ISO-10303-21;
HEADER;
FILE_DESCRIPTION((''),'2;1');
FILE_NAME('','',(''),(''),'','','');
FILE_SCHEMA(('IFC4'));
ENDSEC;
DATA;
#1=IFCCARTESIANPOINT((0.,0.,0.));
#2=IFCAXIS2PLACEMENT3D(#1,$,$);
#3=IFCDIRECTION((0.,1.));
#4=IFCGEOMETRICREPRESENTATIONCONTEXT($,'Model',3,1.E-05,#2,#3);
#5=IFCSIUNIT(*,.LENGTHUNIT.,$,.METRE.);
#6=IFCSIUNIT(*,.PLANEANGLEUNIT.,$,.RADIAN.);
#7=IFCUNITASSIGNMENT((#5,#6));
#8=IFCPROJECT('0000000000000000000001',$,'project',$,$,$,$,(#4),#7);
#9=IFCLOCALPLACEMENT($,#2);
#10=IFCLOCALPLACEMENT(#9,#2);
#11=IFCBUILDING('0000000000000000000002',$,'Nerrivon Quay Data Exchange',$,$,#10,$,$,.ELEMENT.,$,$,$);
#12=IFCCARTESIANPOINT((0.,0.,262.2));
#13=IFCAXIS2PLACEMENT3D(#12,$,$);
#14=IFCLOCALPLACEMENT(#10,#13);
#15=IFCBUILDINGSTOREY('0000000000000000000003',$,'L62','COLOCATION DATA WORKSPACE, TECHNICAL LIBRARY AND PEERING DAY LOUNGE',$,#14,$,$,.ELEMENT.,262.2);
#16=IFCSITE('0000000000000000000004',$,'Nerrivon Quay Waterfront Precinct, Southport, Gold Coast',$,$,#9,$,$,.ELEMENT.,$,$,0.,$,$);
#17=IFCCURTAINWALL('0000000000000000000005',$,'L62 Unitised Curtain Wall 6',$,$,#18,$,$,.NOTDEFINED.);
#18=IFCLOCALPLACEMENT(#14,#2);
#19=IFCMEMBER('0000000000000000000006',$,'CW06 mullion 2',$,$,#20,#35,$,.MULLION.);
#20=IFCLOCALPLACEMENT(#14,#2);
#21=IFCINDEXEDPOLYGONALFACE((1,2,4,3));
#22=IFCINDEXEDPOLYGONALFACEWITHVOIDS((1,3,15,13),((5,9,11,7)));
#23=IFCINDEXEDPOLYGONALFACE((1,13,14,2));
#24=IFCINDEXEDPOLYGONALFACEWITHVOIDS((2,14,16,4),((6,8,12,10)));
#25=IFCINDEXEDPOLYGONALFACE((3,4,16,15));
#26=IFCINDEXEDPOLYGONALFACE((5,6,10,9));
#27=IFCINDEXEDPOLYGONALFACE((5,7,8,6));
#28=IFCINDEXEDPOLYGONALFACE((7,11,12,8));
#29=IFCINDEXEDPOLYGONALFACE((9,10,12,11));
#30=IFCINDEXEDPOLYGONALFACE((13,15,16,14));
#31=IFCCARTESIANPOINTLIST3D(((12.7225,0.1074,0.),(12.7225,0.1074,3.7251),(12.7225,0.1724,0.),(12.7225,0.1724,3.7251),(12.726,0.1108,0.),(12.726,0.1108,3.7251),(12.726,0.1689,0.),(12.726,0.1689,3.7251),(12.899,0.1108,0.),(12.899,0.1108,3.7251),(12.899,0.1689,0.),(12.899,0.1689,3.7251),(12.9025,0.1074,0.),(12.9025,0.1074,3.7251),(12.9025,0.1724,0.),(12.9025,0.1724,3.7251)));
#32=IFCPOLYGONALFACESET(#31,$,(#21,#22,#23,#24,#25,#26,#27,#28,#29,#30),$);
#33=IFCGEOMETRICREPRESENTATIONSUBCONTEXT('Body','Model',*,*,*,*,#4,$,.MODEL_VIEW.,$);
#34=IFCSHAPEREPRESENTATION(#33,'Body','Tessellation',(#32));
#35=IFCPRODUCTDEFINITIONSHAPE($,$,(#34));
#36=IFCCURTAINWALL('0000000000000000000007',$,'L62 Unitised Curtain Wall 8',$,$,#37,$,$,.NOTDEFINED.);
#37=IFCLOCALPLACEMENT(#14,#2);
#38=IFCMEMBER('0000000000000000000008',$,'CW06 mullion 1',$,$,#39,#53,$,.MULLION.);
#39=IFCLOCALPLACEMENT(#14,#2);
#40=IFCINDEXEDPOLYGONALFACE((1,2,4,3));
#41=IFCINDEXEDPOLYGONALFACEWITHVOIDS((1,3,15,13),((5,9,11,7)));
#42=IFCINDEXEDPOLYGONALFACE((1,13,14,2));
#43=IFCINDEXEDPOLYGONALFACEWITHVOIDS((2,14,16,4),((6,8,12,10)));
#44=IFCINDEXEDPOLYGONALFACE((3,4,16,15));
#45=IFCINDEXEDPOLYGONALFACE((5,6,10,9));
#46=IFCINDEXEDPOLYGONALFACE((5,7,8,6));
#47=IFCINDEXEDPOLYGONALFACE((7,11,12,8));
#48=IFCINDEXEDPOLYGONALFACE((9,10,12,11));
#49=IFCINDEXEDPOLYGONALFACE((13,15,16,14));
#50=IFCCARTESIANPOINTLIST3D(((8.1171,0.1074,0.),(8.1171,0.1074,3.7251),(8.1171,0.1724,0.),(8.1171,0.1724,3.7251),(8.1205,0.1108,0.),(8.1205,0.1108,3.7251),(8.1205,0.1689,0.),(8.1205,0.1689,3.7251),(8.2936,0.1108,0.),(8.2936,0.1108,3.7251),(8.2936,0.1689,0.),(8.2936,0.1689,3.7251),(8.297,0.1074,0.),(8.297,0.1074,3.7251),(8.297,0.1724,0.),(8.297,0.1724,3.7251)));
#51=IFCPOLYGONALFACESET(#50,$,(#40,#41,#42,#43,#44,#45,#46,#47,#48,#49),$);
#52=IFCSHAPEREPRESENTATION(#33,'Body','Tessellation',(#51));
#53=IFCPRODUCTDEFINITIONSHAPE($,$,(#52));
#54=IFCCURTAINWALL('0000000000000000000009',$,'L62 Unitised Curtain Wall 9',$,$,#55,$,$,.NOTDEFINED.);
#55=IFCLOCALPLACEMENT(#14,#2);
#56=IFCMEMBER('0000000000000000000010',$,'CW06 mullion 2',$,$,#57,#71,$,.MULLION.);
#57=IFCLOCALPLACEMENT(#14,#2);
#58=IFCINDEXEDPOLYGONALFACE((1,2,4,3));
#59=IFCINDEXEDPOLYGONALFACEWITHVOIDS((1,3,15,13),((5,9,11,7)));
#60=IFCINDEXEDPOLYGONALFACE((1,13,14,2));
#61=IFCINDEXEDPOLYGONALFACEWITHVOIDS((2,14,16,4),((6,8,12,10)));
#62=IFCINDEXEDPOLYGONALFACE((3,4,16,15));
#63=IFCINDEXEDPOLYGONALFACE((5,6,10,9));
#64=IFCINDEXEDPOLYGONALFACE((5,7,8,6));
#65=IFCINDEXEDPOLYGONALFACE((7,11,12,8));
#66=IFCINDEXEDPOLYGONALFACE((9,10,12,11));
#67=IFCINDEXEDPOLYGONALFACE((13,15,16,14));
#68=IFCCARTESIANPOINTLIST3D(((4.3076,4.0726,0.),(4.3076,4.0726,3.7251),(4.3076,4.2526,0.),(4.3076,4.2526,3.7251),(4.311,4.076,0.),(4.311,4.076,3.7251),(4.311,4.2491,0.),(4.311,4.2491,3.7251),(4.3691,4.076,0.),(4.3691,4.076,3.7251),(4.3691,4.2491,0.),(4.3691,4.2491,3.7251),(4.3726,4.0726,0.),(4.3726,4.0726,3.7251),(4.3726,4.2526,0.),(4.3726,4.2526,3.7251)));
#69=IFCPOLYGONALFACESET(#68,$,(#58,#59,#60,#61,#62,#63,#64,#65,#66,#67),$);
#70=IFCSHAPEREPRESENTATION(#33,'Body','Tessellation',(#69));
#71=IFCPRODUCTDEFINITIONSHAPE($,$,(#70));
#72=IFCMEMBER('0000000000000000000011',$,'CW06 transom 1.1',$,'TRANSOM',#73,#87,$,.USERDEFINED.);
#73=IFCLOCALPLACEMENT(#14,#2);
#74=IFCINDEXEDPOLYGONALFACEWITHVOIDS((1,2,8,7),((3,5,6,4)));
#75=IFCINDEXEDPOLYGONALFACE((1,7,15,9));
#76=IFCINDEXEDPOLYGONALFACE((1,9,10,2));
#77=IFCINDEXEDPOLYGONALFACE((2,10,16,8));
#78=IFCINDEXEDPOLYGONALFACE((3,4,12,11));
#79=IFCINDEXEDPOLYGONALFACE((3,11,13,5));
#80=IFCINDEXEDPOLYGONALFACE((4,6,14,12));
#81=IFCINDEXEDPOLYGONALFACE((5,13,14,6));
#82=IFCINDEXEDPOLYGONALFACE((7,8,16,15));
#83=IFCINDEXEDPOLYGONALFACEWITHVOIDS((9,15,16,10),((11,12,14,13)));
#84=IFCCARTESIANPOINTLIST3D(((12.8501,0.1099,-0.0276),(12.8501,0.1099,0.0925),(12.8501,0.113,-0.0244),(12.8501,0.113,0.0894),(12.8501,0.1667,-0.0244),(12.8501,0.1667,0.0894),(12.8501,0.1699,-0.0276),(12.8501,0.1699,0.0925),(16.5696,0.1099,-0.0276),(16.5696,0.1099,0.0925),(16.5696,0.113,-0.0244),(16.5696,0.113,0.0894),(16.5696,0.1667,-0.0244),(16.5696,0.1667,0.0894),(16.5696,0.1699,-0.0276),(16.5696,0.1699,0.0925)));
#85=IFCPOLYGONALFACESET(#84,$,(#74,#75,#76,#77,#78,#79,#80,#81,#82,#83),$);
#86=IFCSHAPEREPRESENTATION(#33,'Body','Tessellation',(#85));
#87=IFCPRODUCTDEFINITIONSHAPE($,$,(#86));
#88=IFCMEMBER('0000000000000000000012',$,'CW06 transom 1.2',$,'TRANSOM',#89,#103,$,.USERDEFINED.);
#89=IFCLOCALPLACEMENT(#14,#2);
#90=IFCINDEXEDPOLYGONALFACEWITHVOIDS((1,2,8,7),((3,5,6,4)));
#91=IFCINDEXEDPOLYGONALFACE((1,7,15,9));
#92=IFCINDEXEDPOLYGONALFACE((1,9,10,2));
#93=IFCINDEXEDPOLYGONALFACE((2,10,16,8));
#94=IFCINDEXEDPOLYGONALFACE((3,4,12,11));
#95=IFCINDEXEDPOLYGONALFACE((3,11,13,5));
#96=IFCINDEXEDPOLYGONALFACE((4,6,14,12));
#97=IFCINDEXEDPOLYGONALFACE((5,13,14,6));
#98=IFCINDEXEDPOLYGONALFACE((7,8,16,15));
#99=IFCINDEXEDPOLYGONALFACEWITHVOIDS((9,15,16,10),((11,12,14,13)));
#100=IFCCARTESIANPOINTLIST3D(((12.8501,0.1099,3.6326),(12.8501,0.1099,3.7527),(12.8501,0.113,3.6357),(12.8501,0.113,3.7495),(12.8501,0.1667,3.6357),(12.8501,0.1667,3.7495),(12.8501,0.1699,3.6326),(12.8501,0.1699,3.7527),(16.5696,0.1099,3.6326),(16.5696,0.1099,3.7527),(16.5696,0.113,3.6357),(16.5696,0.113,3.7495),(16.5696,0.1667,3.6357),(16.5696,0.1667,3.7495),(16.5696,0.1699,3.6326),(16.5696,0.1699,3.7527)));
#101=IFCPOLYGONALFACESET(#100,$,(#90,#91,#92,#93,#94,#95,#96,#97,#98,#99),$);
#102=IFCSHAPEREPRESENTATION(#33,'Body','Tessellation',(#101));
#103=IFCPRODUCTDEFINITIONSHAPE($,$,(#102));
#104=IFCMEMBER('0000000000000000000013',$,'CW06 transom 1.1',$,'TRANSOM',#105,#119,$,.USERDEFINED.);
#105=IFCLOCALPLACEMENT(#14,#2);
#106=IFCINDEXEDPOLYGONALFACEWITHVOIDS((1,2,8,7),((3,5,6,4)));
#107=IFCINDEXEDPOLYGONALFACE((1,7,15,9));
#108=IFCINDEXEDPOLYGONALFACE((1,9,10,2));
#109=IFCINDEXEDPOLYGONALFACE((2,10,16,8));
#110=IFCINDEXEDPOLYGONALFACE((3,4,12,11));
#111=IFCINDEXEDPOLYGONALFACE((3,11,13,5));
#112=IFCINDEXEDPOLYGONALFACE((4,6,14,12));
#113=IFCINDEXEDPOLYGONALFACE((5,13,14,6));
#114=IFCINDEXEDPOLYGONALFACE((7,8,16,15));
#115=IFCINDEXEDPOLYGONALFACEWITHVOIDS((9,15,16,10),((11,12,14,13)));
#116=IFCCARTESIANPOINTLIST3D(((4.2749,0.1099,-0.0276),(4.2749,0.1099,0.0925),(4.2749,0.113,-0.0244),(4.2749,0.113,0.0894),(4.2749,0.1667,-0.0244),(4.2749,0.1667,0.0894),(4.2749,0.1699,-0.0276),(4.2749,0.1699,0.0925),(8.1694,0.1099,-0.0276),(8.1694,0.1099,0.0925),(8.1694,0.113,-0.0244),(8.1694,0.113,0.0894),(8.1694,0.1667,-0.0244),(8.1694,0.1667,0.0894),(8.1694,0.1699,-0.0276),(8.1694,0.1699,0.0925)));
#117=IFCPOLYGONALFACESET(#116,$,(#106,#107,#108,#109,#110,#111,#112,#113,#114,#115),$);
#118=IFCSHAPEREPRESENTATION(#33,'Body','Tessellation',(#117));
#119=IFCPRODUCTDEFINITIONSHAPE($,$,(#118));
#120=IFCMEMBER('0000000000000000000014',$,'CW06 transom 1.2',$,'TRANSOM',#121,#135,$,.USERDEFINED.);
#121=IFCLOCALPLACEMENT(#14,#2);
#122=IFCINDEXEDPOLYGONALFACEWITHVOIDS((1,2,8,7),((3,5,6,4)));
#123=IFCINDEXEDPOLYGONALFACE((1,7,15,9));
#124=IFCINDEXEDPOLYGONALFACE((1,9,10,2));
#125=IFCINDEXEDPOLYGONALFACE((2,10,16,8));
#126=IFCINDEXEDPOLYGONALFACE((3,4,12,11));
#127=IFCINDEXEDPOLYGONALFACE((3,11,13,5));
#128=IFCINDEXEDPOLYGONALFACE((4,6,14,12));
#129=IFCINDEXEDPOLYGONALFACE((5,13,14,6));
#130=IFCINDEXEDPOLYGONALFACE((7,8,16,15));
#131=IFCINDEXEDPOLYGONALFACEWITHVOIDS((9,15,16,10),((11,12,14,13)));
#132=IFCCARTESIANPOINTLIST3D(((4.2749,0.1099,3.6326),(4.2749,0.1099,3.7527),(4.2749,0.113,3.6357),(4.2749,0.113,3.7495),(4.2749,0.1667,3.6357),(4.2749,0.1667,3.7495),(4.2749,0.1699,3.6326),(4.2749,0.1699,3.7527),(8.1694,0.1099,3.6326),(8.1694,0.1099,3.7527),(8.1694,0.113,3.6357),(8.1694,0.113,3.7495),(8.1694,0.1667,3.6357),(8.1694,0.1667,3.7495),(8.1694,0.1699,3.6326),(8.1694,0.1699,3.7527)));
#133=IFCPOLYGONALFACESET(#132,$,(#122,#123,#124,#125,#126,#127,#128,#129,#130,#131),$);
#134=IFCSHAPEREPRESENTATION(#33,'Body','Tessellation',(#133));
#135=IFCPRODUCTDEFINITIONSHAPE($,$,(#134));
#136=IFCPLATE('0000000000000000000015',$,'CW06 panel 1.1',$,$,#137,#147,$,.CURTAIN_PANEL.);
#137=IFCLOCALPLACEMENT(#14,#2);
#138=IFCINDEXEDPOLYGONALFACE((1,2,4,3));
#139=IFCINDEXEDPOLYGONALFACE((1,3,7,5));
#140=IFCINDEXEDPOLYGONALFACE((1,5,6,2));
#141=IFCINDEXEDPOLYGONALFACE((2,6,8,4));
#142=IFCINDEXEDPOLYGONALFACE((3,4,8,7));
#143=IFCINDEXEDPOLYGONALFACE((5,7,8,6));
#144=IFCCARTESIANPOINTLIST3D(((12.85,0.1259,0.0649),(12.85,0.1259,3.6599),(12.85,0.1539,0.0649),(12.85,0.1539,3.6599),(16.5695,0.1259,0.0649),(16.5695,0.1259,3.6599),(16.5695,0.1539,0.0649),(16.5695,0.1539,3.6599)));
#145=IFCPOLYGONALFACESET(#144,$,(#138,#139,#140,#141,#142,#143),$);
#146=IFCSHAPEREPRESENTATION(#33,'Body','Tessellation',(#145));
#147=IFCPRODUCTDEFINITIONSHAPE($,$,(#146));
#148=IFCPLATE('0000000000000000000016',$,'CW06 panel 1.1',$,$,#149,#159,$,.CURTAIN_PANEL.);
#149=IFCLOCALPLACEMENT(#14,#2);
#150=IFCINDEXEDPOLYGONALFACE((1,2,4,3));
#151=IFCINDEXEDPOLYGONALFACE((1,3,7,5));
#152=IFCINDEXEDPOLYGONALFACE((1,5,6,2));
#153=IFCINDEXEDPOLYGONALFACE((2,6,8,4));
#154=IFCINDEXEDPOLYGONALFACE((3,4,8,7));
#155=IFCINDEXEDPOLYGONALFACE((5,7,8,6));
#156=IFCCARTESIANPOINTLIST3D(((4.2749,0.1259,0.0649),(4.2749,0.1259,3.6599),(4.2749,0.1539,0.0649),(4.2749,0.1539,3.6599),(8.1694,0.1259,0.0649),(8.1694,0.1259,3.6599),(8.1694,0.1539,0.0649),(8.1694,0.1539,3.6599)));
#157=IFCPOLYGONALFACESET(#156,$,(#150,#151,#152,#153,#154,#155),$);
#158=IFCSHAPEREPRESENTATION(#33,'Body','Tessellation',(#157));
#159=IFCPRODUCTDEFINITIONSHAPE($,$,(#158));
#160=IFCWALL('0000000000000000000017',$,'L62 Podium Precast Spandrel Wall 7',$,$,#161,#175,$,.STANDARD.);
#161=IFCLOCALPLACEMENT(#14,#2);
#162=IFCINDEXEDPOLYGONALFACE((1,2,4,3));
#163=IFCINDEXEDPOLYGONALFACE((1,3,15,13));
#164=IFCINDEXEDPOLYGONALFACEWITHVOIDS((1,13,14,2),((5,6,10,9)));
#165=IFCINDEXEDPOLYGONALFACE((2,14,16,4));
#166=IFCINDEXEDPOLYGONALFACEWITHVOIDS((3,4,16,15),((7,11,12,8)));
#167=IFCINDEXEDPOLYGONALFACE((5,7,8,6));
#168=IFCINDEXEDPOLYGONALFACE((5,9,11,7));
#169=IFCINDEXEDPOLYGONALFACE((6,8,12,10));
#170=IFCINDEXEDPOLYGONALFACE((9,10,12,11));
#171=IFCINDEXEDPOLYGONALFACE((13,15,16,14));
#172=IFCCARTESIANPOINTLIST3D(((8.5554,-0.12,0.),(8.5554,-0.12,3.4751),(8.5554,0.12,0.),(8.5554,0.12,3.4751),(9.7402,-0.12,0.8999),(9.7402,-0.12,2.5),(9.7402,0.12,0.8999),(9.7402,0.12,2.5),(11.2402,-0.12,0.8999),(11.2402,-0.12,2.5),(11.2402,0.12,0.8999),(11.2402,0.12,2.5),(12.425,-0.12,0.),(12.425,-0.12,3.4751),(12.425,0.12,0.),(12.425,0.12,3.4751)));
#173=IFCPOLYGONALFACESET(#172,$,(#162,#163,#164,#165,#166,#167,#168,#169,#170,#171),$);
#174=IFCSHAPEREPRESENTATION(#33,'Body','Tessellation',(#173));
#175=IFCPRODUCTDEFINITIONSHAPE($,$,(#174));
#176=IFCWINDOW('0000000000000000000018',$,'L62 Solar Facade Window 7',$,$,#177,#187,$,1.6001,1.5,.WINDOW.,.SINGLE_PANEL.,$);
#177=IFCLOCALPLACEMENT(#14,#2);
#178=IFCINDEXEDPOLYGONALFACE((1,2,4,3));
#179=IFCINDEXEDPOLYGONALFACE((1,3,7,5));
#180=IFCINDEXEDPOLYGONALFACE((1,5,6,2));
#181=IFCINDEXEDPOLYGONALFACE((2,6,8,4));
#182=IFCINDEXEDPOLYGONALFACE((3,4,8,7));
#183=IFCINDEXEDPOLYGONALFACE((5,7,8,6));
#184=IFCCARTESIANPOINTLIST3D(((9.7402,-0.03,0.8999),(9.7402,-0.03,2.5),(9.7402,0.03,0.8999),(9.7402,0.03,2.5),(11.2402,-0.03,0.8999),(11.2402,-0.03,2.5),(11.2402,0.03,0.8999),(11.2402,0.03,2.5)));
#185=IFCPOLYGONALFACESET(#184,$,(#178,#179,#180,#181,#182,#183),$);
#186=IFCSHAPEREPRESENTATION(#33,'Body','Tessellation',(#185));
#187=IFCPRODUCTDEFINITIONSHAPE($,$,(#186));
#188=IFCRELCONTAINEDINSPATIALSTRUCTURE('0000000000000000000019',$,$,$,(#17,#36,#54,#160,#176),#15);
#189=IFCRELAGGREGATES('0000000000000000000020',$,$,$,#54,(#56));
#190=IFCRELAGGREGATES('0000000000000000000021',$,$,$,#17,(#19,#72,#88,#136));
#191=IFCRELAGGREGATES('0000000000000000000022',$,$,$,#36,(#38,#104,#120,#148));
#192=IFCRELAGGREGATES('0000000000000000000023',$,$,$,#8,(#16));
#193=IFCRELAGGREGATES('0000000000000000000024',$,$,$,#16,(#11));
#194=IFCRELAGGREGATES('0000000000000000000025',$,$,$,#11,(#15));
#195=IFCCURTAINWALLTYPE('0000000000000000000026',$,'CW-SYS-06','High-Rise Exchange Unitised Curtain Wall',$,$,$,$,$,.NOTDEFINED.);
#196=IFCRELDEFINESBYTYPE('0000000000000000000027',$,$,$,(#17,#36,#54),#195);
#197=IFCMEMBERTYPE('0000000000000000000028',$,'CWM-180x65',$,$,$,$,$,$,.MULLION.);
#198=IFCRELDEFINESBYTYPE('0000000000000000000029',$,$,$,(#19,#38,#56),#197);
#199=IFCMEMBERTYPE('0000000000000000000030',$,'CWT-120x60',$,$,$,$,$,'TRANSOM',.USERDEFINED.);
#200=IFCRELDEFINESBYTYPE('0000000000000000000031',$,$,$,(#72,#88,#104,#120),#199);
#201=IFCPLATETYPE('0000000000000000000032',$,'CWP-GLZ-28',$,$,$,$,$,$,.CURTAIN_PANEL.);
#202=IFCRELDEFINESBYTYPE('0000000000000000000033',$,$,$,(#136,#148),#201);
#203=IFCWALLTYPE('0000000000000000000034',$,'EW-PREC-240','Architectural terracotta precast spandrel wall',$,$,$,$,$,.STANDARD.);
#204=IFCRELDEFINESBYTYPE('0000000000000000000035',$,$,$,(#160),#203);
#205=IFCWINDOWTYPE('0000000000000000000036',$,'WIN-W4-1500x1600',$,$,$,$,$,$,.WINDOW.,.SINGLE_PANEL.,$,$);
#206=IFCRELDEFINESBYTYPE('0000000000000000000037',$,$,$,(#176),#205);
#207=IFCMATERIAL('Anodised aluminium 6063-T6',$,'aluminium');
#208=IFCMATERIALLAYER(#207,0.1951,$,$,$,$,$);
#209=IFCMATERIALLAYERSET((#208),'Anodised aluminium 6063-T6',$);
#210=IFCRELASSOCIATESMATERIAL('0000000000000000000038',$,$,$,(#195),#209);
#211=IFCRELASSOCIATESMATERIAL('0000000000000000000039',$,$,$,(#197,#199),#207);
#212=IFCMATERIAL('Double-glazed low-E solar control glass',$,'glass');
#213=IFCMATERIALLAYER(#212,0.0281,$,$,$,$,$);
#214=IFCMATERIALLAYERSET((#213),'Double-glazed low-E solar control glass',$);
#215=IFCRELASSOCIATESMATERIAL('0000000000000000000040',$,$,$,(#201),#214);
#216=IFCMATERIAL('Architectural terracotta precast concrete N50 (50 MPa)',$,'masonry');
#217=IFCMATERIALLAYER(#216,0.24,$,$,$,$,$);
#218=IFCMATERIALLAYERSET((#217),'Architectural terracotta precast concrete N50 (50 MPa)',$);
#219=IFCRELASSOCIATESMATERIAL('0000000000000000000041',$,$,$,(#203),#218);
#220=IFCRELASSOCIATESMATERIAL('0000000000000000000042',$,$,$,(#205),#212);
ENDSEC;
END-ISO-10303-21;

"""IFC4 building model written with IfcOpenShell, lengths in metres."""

from ifc_helpers import new_model, si_unit, direction, frame, frame_2d, origin, origin_2d, place, context, subcontext, project, spatial, rectangle, hollow_rectangle, extrude, material, layer, layer_set, material_profile, profile_set, type_object, element, fill, aggregate, save


model = new_model("IFC4")

# Units and contexts
model_context = context("Model", 3, precision=1e-05, world=origin(), true_north=direction((0.0, 1.0)))
body_context = subcontext(model_context, "Body", "Model", "MODEL_VIEW")
ifc_project = project(units=[si_unit("LENGTHUNIT", "METRE"), si_unit("PLANEANGLEUNIT", "RADIAN")], contexts=[model_context])

# Site, building, storey
site_placement = place(None, origin())
site = spatial("IfcSite", under=ifc_project, at=site_placement, Name="Nerrivon Quay Waterfront Precinct, Southport, Gold Coast", CompositionType="ELEMENT", RefElevation=0.0)
building_placement = place(site_placement, origin())
building = spatial("IfcBuilding", under=site, at=building_placement, Name="Nerrivon Quay Data Exchange", CompositionType="ELEMENT")
storey_placement = place(building_placement, frame((0.0, 0.0, 262.2)))
storey = spatial("IfcBuildingStorey", under=building, at=storey_placement, Name="L62", Description="COLOCATION DATA WORKSPACE, TECHNICAL LIBRARY AND PEERING DAY LOUNGE", CompositionType="ELEMENT", Elevation=262.2)

# Curtain wall, member
ifc_material_1 = material(Name="Anodised aluminium 6063-T6", Category="aluminium")
ifc_layer_1 = layer(ifc_material_1, 0.1951)
ifc_layer_set_1 = layer_set([ifc_layer_1], Name="Anodised aluminium 6063-T6")
curtain_wall_type = type_object("IfcCurtainWallType", Name="CW-SYS-06", Description="High-Rise Exchange Unitised Curtain Wall", PredefinedType="NOTDEFINED", material=ifc_layer_set_1)
curtain_wall_1_placement = place(storey_placement, origin())
curtain_wall_1 = element("IfcCurtainWall", 1, at=curtain_wall_1_placement, inside=storey, type_object=curtain_wall_type, Name="L62 Unitised Curtain Wall 6", PredefinedType="NOTDEFINED")
ifc_material_profile_1 = material_profile(ifc_material_1, hollow_rectangle(XDim=0.0649, YDim=0.1799, WallThickness=0.0034, at=origin_2d()), Name="ALU-MULL-180x65")
ifc_profile_set_1 = profile_set([ifc_material_profile_1], Name="Anodised aluminium 6063-T6")
member_type_1 = type_object("IfcMemberType", Name="CWM-180x65", PredefinedType="MULLION", material=ifc_profile_set_1)
member_1_placement = place(storey_placement, frame((12.8125, 0.1399, 0.0), z_axis=(0.0, 0.0, 1.0), x_axis=(0.0, -1.0, 0.0)))
member_1 = element("IfcMember", 2, at=member_1_placement, type_object=member_type_1, Name="CW06 mullion 2", PredefinedType="MULLION", context=body_context, shape_type="SweptSolid", body=[
    extrude(hollow_rectangle(XDim=0.0649, YDim=0.1799, WallThickness=0.0034, at=origin_2d()), origin(), (0.0, 0.0, 1.0), 3.7251),
])

# Curtain walls, members
curtain_wall_2_placement = place(storey_placement, origin())
curtain_wall_2 = element("IfcCurtainWall", 3, at=curtain_wall_2_placement, inside=storey, type_object=curtain_wall_type, Name="L62 Unitised Curtain Wall 8", PredefinedType="NOTDEFINED")
member_2_placement = place(storey_placement, frame((8.207, 0.1399, 0.0), z_axis=(0.0, 0.0, 1.0), x_axis=(0.0, -1.0, 0.0)))
member_2 = element("IfcMember", 4, at=member_2_placement, type_object=member_type_1, Name="CW06 mullion 1", PredefinedType="MULLION", context=body_context, shape_type="SweptSolid", body=[
    extrude(hollow_rectangle(XDim=0.0649, YDim=0.1799, WallThickness=0.0034, at=origin_2d()), origin(), (0.0, 0.0, 1.0), 3.7251),
])
curtain_wall_3_placement = place(storey_placement, origin())
curtain_wall_3 = element("IfcCurtainWall", 5, at=curtain_wall_3_placement, inside=storey, type_object=curtain_wall_type, Name="L62 Unitised Curtain Wall 9", PredefinedType="NOTDEFINED")
member_3_placement = place(storey_placement, frame((4.3401, 4.1626, 0.0), z_axis=(0.0, 0.0, 1.0), x_axis=(-1.0, 0.0, 0.0)))
member_3 = element("IfcMember", 6, at=member_3_placement, type_object=member_type_1, Name="CW06 mullion 2", PredefinedType="MULLION", context=body_context, shape_type="SweptSolid", body=[
    extrude(hollow_rectangle(XDim=0.0649, YDim=0.1799, WallThickness=0.0034, at=origin_2d()), origin(), (0.0, 0.0, 1.0), 3.7251),
])
aggregate(curtain_wall_3, [member_3])

# Members
ifc_material_profile_2 = material_profile(ifc_material_1, hollow_rectangle(XDim=0.0601, YDim=0.1201, WallThickness=0.0032, at=origin_2d()), Name="ALU-TRAN-120x60")
ifc_profile_set_2 = profile_set([ifc_material_profile_2], Name="Anodised aluminium 6063-T6")
member_type_2 = type_object("IfcMemberType", Name="CWT-120x60", ElementType="TRANSOM", PredefinedType="USERDEFINED", material=ifc_profile_set_2)
member_4_placement = place(storey_placement, frame((16.5696, 0.1399, 0.0325), z_axis=(-1.0, 0.0, 0.0), x_axis=(0.0, -1.0, 0.0)))
member_4 = element("IfcMember", 7, at=member_4_placement, type_object=member_type_2, Name="CW06 transom 1.1", ObjectType="TRANSOM", PredefinedType="USERDEFINED", context=body_context, shape_type="SweptSolid", body=[
    extrude(hollow_rectangle(XDim=0.0601, YDim=0.1201, WallThickness=0.0032, at=origin_2d()), origin(), (0.0, 0.0, 1.0), 3.7195),
])
member_5_placement = place(storey_placement, frame((16.5696, 0.1399, 3.6926), z_axis=(-1.0, 0.0, 0.0), x_axis=(0.0, -1.0, 0.0)))
member_5 = element("IfcMember", 8, at=member_5_placement, type_object=member_type_2, Name="CW06 transom 1.2", ObjectType="TRANSOM", PredefinedType="USERDEFINED", context=body_context, shape_type="SweptSolid", body=[
    extrude(hollow_rectangle(XDim=0.0601, YDim=0.1201, WallThickness=0.0032, at=origin_2d()), origin(), (0.0, 0.0, 1.0), 3.7195),
])
member_6_placement = place(storey_placement, frame((8.1694, 0.1399, 0.0325), z_axis=(-1.0, 0.0, 0.0), x_axis=(0.0, -1.0, 0.0)))
member_6 = element("IfcMember", 9, at=member_6_placement, type_object=member_type_2, Name="CW06 transom 1.1", ObjectType="TRANSOM", PredefinedType="USERDEFINED", context=body_context, shape_type="SweptSolid", body=[
    extrude(hollow_rectangle(XDim=0.0601, YDim=0.1201, WallThickness=0.0032, at=origin_2d()), origin(), (0.0, 0.0, 1.0), 3.8945),
])
member_7_placement = place(storey_placement, frame((8.1694, 0.1399, 3.6926), z_axis=(-1.0, 0.0, 0.0), x_axis=(0.0, -1.0, 0.0)))
member_7 = element("IfcMember", 10, at=member_7_placement, type_object=member_type_2, Name="CW06 transom 1.2", ObjectType="TRANSOM", PredefinedType="USERDEFINED", context=body_context, shape_type="SweptSolid", body=[
    extrude(hollow_rectangle(XDim=0.0601, YDim=0.1201, WallThickness=0.0032, at=origin_2d()), origin(), (0.0, 0.0, 1.0), 3.8945),
])

# Plates
ifc_material_2 = material(Name="Double-glazed low-E solar control glass", Category="glass")
ifc_layer_2 = layer(ifc_material_2, 0.0281)
ifc_layer_set_2 = layer_set([ifc_layer_2], Name="Double-glazed low-E solar control glass")
plate_type = type_object("IfcPlateType", Name="CWP-GLZ-28", PredefinedType="CURTAIN_PANEL", material=ifc_layer_set_2)
plate_1_placement = place(storey_placement, frame((14.7097, 0.1399, 0.0649), z_axis=(0.0, 0.0, 1.0), x_axis=(-1.0, 0.0, 0.0)))
plate_1 = element("IfcPlate", 11, at=plate_1_placement, type_object=plate_type, Name="CW06 panel 1.1", PredefinedType="CURTAIN_PANEL", context=body_context, shape_type="SweptSolid", body=[
    extrude(rectangle(XDim=3.7195, YDim=0.0281, at=origin_2d()), origin(), (0.0, 0.0, 1.0), 3.595),
])
aggregate(curtain_wall_1, [member_1, member_4, member_5, plate_1])
plate_2_placement = place(storey_placement, frame((6.2222, 0.1399, 0.0649), z_axis=(0.0, 0.0, 1.0), x_axis=(-1.0, 0.0, 0.0)))
plate_2 = element("IfcPlate", 12, at=plate_2_placement, type_object=plate_type, Name="CW06 panel 1.1", PredefinedType="CURTAIN_PANEL", context=body_context, shape_type="SweptSolid", body=[
    extrude(rectangle(XDim=3.8945, YDim=0.0281, at=origin_2d()), origin(), (0.0, 0.0, 1.0), 3.595),
])
aggregate(curtain_wall_2, [member_2, member_6, member_7, plate_2])

# Wall, opening, window
ifc_material_3 = material(Name="Architectural terracotta precast concrete N50 (50 MPa)", Category="masonry")
ifc_layer_3 = layer(ifc_material_3, 0.24)
ifc_layer_set_3 = layer_set([ifc_layer_3], Name="Architectural terracotta precast concrete N50 (50 MPa)")
wall_type_1 = type_object("IfcWallType", Name="EW-PREC-240", Description="Architectural terracotta precast spandrel wall", PredefinedType="STANDARD", material=ifc_layer_set_3)
wall_1_placement = place(storey_placement, frame((12.425, 0.0, 0.0), z_axis=(0.0, 0.0, 1.0), x_axis=(-1.0, 0.0, 0.0)))
wall_1 = element("IfcWall", 13, at=wall_1_placement, inside=storey, type_object=wall_type_1, Name="L62 Podium Precast Spandrel Wall 7", PredefinedType="STANDARD", context=body_context, shape_type="SweptSolid", body=[
    extrude(rectangle(XDim=3.8696, YDim=0.24, at=frame_2d((1.9348, 0.0))), origin(), (0.0, 0.0, 1.0), 3.4751),
])
opening_placement = place(wall_1_placement, frame((1.1848, 0.0, 0.8999)))
opening = element("IfcOpeningElement", 14, at=opening_placement, cuts=wall_1, PredefinedType="OPENING", context=body_context, shape_type="SweptSolid", body=[
    extrude(rectangle(XDim=1.5, YDim=1.6001, at=frame_2d((0.75, 0.8))), frame((0.0, 0.1299, 0.0), z_axis=(0.0, -1.0, 0.0), x_axis=(1.0, 0.0, 0.0)), (0.0, 0.0, 1.0), 0.26),
])
window_type = type_object("IfcWindowType", Name="WIN-W4-1500x1600", PartitioningType="SINGLE_PANEL", PredefinedType="WINDOW", material=ifc_material_2)
window_placement = place(opening_placement, origin())
window = element("IfcWindow", 15, at=window_placement, inside=storey, type_object=window_type, Name="L62 Solar Facade Window 7", OverallHeight=1.6001, OverallWidth=1.5, PartitioningType="SINGLE_PANEL", PredefinedType="WINDOW", context=body_context, shape_type="SweptSolid", body=[
    extrude(rectangle(XDim=1.5, YDim=1.6001, at=frame_2d((0.75, 0.8))), frame((0.0, 0.03, 0.0), z_axis=(0.0, -1.0, 0.0), x_axis=(1.0, 0.0, 0.0)), (0.0, 0.0, 1.0), 0.0601),
])
fill(opening, window)

save(model, "model.ifc")
